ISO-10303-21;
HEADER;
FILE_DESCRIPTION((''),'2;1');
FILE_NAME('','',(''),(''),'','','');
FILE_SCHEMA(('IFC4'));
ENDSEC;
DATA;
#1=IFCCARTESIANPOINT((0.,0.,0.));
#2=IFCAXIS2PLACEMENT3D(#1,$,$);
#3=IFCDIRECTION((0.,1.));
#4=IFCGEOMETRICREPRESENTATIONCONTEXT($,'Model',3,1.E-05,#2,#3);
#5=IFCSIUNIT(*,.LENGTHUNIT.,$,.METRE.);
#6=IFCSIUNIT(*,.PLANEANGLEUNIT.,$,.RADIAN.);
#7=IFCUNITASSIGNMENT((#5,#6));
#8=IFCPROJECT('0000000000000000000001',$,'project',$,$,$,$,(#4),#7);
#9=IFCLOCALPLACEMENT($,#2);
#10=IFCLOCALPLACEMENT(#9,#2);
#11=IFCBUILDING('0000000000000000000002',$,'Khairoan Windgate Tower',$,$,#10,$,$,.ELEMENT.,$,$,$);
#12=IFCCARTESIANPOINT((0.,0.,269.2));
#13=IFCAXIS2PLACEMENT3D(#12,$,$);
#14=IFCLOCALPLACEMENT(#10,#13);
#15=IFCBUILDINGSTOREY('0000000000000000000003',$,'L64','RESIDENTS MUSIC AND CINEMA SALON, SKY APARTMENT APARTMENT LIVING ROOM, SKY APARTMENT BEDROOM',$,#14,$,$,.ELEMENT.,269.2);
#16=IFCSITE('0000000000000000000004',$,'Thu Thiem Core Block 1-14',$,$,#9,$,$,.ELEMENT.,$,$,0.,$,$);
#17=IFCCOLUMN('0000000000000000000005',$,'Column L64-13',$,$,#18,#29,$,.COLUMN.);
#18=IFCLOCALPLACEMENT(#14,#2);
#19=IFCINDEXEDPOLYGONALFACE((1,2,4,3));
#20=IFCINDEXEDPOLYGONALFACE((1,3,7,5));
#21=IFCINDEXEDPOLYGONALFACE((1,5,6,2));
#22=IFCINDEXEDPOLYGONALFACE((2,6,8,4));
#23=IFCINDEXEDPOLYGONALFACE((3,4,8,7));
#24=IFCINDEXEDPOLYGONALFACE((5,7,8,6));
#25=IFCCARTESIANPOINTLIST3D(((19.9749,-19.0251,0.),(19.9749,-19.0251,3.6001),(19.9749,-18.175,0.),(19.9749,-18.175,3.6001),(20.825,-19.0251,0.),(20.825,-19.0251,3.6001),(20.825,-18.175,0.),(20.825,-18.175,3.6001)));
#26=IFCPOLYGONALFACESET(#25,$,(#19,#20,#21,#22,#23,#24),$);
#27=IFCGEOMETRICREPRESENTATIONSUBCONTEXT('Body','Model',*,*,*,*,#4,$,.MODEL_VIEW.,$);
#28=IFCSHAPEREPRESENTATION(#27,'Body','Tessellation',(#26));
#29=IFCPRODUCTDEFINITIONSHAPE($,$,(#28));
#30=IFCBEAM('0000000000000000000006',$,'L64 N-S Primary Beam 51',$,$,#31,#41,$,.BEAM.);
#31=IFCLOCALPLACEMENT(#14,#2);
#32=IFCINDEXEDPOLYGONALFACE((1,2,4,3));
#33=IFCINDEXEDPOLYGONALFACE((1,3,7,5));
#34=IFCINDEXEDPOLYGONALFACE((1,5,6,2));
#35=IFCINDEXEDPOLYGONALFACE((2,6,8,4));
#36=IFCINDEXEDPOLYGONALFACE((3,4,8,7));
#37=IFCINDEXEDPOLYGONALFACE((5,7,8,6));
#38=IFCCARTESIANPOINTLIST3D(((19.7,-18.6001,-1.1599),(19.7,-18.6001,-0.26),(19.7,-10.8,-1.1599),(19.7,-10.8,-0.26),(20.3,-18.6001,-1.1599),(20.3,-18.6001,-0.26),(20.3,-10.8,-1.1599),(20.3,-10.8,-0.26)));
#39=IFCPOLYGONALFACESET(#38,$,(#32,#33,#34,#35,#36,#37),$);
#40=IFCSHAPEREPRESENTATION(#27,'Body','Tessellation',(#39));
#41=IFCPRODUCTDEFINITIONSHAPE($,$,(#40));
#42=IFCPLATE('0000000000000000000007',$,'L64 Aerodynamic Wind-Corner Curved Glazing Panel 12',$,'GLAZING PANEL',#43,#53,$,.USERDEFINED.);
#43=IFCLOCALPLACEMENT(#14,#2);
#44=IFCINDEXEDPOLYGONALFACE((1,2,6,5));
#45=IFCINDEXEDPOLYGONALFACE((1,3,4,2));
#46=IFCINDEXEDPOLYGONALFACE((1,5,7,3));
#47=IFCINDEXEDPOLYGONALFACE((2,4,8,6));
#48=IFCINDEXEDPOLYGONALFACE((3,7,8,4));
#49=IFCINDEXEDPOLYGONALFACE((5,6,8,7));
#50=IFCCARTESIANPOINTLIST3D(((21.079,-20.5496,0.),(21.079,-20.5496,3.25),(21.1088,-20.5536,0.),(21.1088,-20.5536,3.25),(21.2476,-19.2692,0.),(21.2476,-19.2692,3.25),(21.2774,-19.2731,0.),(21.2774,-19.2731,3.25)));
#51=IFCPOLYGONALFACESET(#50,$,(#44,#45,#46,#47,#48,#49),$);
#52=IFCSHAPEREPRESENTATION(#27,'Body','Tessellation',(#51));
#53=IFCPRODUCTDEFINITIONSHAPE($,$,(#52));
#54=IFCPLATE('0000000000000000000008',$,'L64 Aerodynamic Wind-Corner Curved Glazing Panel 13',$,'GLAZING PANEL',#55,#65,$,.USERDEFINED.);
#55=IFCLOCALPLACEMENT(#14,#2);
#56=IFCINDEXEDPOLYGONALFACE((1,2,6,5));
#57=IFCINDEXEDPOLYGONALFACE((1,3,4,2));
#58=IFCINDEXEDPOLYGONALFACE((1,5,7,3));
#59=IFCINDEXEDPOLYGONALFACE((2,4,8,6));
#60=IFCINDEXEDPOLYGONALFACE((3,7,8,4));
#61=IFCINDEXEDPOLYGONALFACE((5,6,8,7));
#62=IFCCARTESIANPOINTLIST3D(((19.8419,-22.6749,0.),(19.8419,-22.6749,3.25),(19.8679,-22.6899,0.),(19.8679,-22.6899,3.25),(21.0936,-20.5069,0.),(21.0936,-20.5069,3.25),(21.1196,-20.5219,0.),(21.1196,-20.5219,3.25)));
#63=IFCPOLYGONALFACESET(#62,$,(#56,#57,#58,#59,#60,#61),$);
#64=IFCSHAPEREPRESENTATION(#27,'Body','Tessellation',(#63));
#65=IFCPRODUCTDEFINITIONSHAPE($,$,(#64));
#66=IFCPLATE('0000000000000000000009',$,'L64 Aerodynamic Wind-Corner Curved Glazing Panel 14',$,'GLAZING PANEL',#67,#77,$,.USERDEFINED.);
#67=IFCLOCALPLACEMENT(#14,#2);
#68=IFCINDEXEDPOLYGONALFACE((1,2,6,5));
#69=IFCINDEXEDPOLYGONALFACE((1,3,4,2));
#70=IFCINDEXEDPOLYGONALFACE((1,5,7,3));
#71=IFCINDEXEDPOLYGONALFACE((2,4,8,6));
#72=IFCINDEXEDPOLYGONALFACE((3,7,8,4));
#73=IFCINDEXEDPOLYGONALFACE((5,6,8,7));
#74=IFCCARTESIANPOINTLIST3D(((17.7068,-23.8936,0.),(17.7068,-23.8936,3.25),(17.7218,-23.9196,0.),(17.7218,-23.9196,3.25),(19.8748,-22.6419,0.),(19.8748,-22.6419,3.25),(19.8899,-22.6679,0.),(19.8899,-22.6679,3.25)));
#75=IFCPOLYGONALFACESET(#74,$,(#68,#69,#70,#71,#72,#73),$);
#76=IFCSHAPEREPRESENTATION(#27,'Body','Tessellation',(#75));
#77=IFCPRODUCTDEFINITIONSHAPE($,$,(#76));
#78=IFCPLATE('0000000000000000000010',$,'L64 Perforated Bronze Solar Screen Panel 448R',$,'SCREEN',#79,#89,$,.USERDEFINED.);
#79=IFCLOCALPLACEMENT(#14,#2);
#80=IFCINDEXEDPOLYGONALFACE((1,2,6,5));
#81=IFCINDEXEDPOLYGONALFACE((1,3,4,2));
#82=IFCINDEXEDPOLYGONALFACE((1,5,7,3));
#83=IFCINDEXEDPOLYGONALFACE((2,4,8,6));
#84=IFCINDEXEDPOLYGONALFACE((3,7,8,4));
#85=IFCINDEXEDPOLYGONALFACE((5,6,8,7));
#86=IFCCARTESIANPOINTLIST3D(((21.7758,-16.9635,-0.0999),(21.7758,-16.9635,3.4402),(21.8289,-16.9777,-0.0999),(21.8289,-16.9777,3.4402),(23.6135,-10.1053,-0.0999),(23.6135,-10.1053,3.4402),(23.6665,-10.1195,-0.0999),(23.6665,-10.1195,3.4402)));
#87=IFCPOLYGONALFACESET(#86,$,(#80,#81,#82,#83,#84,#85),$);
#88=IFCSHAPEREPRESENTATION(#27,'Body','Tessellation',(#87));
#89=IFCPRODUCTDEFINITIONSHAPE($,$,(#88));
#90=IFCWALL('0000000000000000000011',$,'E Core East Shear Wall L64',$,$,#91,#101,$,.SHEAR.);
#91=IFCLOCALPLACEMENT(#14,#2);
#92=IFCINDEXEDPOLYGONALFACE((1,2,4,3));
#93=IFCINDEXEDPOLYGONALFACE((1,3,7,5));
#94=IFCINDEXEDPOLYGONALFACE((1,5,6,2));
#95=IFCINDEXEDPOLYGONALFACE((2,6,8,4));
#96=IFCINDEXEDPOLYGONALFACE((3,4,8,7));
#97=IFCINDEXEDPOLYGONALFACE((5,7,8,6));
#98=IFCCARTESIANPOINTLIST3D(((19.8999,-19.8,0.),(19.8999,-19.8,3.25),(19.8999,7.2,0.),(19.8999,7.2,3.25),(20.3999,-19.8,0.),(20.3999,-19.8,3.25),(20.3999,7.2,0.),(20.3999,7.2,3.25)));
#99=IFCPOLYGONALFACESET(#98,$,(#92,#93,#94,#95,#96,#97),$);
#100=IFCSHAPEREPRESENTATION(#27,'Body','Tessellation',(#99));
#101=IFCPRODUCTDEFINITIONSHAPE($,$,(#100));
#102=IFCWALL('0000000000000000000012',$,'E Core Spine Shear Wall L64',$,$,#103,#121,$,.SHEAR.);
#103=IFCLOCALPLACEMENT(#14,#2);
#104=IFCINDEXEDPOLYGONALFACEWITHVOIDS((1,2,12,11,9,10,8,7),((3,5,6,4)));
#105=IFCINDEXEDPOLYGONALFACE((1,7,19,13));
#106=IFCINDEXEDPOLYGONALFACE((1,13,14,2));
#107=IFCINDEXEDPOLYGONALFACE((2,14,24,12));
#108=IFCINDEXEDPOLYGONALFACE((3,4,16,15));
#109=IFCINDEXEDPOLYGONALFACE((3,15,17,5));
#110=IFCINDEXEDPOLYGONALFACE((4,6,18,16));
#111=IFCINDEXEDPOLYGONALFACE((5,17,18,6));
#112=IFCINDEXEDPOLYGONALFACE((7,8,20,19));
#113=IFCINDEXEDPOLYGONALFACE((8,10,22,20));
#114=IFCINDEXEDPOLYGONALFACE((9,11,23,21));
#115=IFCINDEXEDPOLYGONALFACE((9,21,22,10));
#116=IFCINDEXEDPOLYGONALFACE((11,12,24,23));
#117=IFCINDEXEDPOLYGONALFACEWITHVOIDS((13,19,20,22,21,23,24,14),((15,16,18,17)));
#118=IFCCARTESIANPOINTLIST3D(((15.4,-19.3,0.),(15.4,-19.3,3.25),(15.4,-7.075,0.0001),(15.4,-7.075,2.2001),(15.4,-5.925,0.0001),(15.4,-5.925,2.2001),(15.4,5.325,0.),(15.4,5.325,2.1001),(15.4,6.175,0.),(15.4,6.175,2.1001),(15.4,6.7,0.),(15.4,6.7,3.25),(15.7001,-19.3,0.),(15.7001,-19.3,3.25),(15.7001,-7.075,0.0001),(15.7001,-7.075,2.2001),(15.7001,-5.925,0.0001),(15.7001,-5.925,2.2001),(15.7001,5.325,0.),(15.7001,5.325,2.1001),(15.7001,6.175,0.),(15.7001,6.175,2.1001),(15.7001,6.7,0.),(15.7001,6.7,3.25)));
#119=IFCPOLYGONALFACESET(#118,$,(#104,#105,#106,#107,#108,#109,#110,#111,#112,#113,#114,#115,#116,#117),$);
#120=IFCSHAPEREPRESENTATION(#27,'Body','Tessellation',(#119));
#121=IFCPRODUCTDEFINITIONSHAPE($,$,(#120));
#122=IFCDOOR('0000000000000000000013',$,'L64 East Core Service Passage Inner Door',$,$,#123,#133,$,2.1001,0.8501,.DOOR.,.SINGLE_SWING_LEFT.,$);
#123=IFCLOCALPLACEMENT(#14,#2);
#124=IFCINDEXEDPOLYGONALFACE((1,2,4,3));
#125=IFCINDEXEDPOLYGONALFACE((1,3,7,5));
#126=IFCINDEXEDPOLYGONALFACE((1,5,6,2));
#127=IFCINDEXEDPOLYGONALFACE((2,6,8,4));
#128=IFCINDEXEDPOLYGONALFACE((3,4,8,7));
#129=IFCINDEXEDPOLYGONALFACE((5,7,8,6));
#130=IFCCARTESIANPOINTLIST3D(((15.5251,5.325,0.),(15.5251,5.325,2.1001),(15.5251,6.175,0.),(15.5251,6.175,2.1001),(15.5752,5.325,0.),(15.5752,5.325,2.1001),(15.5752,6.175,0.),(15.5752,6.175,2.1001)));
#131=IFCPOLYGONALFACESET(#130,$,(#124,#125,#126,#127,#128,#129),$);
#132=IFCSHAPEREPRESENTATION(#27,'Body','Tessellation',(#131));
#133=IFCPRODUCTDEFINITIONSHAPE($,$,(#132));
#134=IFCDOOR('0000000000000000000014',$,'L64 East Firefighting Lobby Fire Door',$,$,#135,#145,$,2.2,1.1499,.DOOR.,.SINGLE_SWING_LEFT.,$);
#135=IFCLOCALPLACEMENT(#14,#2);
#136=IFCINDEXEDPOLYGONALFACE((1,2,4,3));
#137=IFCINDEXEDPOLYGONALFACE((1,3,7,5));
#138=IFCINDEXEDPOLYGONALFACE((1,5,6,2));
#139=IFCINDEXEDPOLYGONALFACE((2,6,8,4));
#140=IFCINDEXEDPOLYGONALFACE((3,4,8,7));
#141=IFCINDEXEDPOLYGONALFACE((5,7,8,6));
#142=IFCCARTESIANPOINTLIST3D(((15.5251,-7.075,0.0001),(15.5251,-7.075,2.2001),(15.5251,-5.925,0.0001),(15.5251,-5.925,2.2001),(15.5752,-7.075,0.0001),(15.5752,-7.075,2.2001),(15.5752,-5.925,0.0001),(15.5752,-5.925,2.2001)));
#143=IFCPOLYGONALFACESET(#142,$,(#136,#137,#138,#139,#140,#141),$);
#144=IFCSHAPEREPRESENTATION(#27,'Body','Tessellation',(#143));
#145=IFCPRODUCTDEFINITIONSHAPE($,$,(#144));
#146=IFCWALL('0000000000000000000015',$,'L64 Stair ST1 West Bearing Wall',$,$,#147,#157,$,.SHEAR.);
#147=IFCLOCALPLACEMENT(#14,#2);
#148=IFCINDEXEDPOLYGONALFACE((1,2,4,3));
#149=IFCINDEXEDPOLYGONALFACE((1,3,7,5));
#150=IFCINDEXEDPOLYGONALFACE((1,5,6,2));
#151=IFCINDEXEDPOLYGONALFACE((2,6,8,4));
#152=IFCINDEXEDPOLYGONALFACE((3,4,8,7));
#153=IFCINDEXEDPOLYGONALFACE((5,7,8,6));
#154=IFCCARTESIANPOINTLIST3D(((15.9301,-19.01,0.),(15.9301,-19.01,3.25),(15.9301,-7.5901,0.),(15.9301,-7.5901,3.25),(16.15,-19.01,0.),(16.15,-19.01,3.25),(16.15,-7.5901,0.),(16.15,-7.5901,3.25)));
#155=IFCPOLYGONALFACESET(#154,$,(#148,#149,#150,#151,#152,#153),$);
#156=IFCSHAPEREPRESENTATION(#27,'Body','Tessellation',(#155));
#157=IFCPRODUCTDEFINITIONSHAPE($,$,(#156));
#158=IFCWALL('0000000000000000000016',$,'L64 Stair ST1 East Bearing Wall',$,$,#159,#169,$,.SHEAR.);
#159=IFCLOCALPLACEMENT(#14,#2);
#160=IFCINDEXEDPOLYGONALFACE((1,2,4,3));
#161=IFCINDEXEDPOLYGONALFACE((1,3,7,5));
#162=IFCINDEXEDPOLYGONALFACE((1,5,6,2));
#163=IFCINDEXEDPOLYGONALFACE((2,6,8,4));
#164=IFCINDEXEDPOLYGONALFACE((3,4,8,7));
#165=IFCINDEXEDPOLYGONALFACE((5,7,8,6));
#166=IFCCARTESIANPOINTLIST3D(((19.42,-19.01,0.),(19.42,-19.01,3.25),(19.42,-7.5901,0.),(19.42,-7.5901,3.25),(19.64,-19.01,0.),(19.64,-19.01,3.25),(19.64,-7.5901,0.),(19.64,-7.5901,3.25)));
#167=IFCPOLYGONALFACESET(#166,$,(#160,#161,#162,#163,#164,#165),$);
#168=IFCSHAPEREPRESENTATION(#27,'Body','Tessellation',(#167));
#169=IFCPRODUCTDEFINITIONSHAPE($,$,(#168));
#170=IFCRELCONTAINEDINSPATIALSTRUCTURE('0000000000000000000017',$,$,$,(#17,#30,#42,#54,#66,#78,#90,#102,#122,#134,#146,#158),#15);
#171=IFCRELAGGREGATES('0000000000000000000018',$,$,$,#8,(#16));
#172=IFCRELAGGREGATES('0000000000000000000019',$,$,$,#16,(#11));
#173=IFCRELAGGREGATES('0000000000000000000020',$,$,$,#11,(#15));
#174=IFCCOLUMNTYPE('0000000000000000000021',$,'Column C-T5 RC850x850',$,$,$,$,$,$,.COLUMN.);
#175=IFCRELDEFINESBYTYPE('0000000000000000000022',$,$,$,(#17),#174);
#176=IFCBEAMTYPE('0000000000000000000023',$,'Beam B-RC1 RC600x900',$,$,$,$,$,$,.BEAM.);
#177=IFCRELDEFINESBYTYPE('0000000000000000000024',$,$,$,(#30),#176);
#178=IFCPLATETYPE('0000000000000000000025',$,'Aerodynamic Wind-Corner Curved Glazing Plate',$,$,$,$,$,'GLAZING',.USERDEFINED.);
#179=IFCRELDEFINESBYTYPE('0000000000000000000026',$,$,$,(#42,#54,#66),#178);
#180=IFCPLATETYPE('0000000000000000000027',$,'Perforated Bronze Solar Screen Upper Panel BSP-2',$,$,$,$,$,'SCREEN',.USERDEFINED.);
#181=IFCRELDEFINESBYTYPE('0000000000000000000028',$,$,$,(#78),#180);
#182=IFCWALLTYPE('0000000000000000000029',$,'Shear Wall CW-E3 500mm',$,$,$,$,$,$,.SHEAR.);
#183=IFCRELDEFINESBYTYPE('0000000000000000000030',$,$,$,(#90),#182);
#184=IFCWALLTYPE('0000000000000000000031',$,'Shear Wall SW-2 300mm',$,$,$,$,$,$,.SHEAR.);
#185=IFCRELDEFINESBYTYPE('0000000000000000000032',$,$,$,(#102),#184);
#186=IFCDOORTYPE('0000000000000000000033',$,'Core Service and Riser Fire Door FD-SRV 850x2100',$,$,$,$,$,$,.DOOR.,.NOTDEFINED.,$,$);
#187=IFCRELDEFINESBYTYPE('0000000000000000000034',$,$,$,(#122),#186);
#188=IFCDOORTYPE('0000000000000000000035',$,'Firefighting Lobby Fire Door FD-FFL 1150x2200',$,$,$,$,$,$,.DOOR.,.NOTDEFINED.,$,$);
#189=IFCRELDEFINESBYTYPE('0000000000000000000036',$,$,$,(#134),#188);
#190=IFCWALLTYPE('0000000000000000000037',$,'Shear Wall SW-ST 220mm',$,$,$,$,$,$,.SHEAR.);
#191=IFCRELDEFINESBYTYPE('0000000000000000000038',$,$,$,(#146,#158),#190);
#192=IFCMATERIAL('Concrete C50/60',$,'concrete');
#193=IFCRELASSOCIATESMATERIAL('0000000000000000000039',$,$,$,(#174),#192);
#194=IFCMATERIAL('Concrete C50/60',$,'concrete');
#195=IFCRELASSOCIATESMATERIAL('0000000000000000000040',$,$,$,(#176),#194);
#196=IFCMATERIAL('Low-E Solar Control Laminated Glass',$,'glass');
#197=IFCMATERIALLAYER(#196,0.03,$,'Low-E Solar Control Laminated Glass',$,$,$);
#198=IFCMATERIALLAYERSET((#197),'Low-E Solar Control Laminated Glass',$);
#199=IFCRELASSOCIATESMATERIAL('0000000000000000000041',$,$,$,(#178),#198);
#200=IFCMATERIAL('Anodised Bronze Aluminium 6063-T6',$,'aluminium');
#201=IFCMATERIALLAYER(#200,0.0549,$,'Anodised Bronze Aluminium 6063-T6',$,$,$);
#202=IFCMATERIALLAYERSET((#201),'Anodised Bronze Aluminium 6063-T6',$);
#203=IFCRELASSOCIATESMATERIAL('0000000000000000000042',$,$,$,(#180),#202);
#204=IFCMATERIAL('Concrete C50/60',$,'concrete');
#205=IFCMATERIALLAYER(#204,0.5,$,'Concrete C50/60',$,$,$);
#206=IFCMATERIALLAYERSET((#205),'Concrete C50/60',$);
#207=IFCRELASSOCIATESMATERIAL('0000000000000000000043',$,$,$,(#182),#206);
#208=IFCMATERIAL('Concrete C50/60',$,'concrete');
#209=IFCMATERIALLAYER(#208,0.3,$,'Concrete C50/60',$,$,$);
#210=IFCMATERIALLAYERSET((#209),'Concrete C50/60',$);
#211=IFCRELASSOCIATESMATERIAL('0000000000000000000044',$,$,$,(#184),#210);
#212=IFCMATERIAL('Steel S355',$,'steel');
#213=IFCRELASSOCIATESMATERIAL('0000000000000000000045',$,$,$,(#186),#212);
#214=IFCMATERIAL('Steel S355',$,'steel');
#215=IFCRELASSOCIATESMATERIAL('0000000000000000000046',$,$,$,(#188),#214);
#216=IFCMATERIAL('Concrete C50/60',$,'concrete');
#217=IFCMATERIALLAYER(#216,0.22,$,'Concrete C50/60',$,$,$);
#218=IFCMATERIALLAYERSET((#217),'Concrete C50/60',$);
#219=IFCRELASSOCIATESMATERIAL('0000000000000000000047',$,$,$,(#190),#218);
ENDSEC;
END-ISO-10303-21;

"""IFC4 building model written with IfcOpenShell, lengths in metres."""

from ifc_helpers import new_model, si_unit, direction, frame, frame_2d, origin, origin_2d, place, context, subcontext, project, spatial, rectangle, extrude, material, layer, layer_set, material_profile, profile_set, type_object, element, fill, save


model = new_model("IFC4")

# Units and contexts
model_context = context("Model", 3, precision=1e-05, world=origin(), true_north=direction((0.0, 1.0)))
body_context = subcontext(model_context, "Body", "Model", "MODEL_VIEW")
ifc_project = project(units=[si_unit("LENGTHUNIT", "METRE"), si_unit("PLANEANGLEUNIT", "RADIAN")], contexts=[model_context])

# Site, building, storey
site_placement = place(None, origin())
site = spatial("IfcSite", under=ifc_project, at=site_placement, Name="Thu Thiem Core Block 1-14", CompositionType="ELEMENT", RefElevation=0.0)
building_placement = place(site_placement, origin())
building = spatial("IfcBuilding", under=site, at=building_placement, Name="Khairoan Windgate Tower", CompositionType="ELEMENT")
storey_placement = place(building_placement, frame((0.0, 0.0, 269.2)))
storey = spatial("IfcBuildingStorey", under=building, at=storey_placement, Name="L64", Description="RESIDENTS MUSIC AND CINEMA SALON, SKY APARTMENT APARTMENT LIVING ROOM, SKY APARTMENT BEDROOM", CompositionType="ELEMENT", Elevation=269.2)

# Column
ifc_material_1 = material(Name="Concrete C50/60", Category="concrete")
ifc_material_profile_1 = material_profile(ifc_material_1, rectangle(XDim=0.8501, YDim=0.8501, at=origin_2d()))
ifc_profile_set_1 = profile_set([ifc_material_profile_1], Name="Concrete C50/60")
column_type = type_object("IfcColumnType", Name="Column C-T5 RC850x850", PredefinedType="COLUMN", material=ifc_profile_set_1)
column_placement = place(storey_placement, frame((20.3999, -18.6001, 0.0), z_axis=(0.0, 0.0, 1.0), x_axis=(1.0, 0.0, 0.0)))
element("IfcColumn", 1, at=column_placement, inside=storey, type_object=column_type, Name="Column L64-13", PredefinedType="COLUMN", context=body_context, shape_type="SweptSolid", body=[
    extrude(rectangle(XDim=0.8501, YDim=0.8501, at=origin_2d()), origin(), (0.0, 0.0, 1.0), 3.6001),
])

# Beam
ifc_material_2 = material(Name="Concrete C50/60", Category="concrete")
ifc_material_profile_2 = material_profile(ifc_material_2, rectangle(XDim=0.6001, YDim=0.8999, at=origin_2d()))
ifc_profile_set_2 = profile_set([ifc_material_profile_2], Name="Concrete C50/60")
beam_type = type_object("IfcBeamType", Name="Beam B-RC1 RC600x900", PredefinedType="BEAM", material=ifc_profile_set_2)
beam_placement = place(storey_placement, frame((20.0, -18.6001, -0.71), z_axis=(0.0, 1.0, 0.0), x_axis=(-1.0, 0.0, 0.0)))
element("IfcBeam", 2, at=beam_placement, inside=storey, type_object=beam_type, Name="L64 N-S Primary Beam 51", PredefinedType="BEAM", context=body_context, shape_type="SweptSolid", body=[
    extrude(rectangle(XDim=0.6001, YDim=0.8999, at=origin_2d()), origin(), (0.0, 0.0, 1.0), 7.8),
])

# Plates
ifc_material_3 = material(Name="Low-E Solar Control Laminated Glass", Category="glass")
ifc_layer_1 = layer(ifc_material_3, 0.03, Name="Low-E Solar Control Laminated Glass")
ifc_layer_set_1 = layer_set([ifc_layer_1], Name="Low-E Solar Control Laminated Glass")
plate_type_1 = type_object("IfcPlateType", Name="Aerodynamic Wind-Corner Curved Glazing Plate", ElementType="GLAZING", PredefinedType="USERDEFINED", material=ifc_layer_set_1)
plate_1_placement = place(storey_placement, frame((21.1782, -19.9114, 0.0), z_axis=(0.0, 0.0, 1.0), x_axis=(-0.130526, -0.991445, 0.0)))
element("IfcPlate", 3, at=plate_1_placement, inside=storey, type_object=plate_type_1, Name="L64 Aerodynamic Wind-Corner Curved Glazing Panel 12", ObjectType="GLAZING PANEL", PredefinedType="USERDEFINED", context=body_context, shape_type="SweptSolid", body=[
    extrude(rectangle(XDim=1.2915, YDim=0.03, at=origin_2d()), origin(), (0.0, 0.0, 1.0), 3.25),
])
for number, where, z_axis, x_axis, name in (
    (4, (20.4807, -21.5984, 0.0), (0.0, 0.0, 1.0), (-0.5, -0.866025, 0.0), "L64 Aerodynamic Wind-Corner Curved Glazing Panel 13"),
    (5, (18.7983, -23.2808, 0.0), (0.0, 0.0, 1.0), (-0.866025, -0.5, 0.0), "L64 Aerodynamic Wind-Corner Curved Glazing Panel 14"),
):
    element("IfcPlate", number, at=place(storey_placement, frame(where, z_axis=z_axis, x_axis=x_axis)), inside=storey, type_object=plate_type_1, Name=name, ObjectType="GLAZING PANEL", PredefinedType="USERDEFINED", context=body_context, shape_type="SweptSolid", body=[
        extrude(rectangle(XDim=2.5034, YDim=0.03, at=origin_2d()), origin(), (0.0, 0.0, 1.0), 3.25),
    ])

# Plate
ifc_material_4 = material(Name="Anodised Bronze Aluminium 6063-T6", Category="aluminium")
ifc_layer_2 = layer(ifc_material_4, 0.0549, Name="Anodised Bronze Aluminium 6063-T6")
ifc_layer_set_2 = layer_set([ifc_layer_2], Name="Anodised Bronze Aluminium 6063-T6")
plate_type_2 = type_object("IfcPlateType", Name="Perforated Bronze Solar Screen Upper Panel BSP-2", ElementType="SCREEN", PredefinedType="USERDEFINED", material=ifc_layer_set_2)
plate_2_placement = place(storey_placement, frame((22.7212, -13.5415, -0.0999), z_axis=(0.0, 0.0, 1.0), x_axis=(-0.258819, -0.965926, 0.0)))
element("IfcPlate", 6, at=plate_2_placement, inside=storey, type_object=plate_type_2, Name="L64 Perforated Bronze Solar Screen Panel 448R", ObjectType="SCREEN", PredefinedType="USERDEFINED", context=body_context, shape_type="SweptSolid", body=[
    extrude(rectangle(XDim=7.1001, YDim=0.0549, at=origin_2d()), origin(), (0.0, 0.0, 1.0), 3.54),
])

# Wall
ifc_material_5 = material(Name="Concrete C50/60", Category="concrete")
ifc_layer_3 = layer(ifc_material_5, 0.5, Name="Concrete C50/60")
ifc_layer_set_3 = layer_set([ifc_layer_3], Name="Concrete C50/60")
wall_type_1 = type_object("IfcWallType", Name="Shear Wall CW-E3 500mm", PredefinedType="SHEAR", material=ifc_layer_set_3)
wall_1_placement = place(storey_placement, frame((20.1499, -19.8, 0.0), z_axis=(0.0, 0.0, 1.0), x_axis=(0.0, 1.0, 0.0)))
element("IfcWall", 7, at=wall_1_placement, inside=storey, type_object=wall_type_1, Name="E Core East Shear Wall L64", PredefinedType="SHEAR", context=body_context, shape_type="SweptSolid", body=[
    extrude(rectangle(XDim=27.0, YDim=0.5, at=frame_2d((13.5, 0.0))), origin(), (0.0, 0.0, 1.0), 3.25),
])

# Wall, openings, doors
ifc_material_6 = material(Name="Concrete C50/60", Category="concrete")
ifc_layer_4 = layer(ifc_material_6, 0.3, Name="Concrete C50/60")
ifc_layer_set_4 = layer_set([ifc_layer_4], Name="Concrete C50/60")
wall_type_2 = type_object("IfcWallType", Name="Shear Wall SW-2 300mm", PredefinedType="SHEAR", material=ifc_layer_set_4)
wall_2_placement = place(storey_placement, frame((15.55, -19.3, 0.0), z_axis=(0.0, 0.0, 1.0), x_axis=(0.0, 1.0, 0.0)))
wall_2 = element("IfcWall", 8, at=wall_2_placement, inside=storey, type_object=wall_type_2, Name="E Core Spine Shear Wall L64", PredefinedType="SHEAR", context=body_context, shape_type="SweptSolid", body=[
    extrude(rectangle(XDim=26.0, YDim=0.3, at=frame_2d((13.0, 0.0))), origin(), (0.0, 0.0, 1.0), 3.25),
])
opening_1_placement = place(wall_2_placement, frame((12.2251, 0.0, 0.0)))
opening_1 = element("IfcOpeningElement", 9, at=opening_1_placement, cuts=wall_2, PredefinedType="OPENING", context=body_context, shape_type="SweptSolid", body=[
    extrude(rectangle(XDim=1.1499, YDim=2.2, at=frame_2d((0.575, 1.1001))), frame((0.0, 0.1599, 0.0), z_axis=(0.0, -1.0, 0.0), x_axis=(1.0, 0.0, 0.0)), (0.0, 0.0, 1.0), 0.3201),
])
opening_2_placement = place(wall_2_placement, frame((24.625, 0.0, 0.0)))
opening_2 = element("IfcOpeningElement", 10, at=opening_2_placement, cuts=wall_2, PredefinedType="OPENING", context=body_context, shape_type="SweptSolid", body=[
    extrude(rectangle(XDim=0.8501, YDim=2.1001, at=frame_2d((0.425, 1.05))), frame((0.0, 0.1599, 0.0), z_axis=(0.0, -1.0, 0.0), x_axis=(1.0, 0.0, 0.0)), (0.0, 0.0, 1.0), 0.3201),
])
ifc_material_7 = material(Name="Steel S355", Category="steel")
door_type_1 = type_object("IfcDoorType", Name="Core Service and Riser Fire Door FD-SRV 850x2100", OperationType="NOTDEFINED", PredefinedType="DOOR", material=ifc_material_7)
door_1_placement = place(opening_2_placement, origin())
door_1 = element("IfcDoor", 11, at=door_1_placement, inside=storey, type_object=door_type_1, Name="L64 East Core Service Passage Inner Door", OperationType="SINGLE_SWING_LEFT", OverallHeight=2.1001, OverallWidth=0.8501, PredefinedType="DOOR", context=body_context, shape_type="SweptSolid", body=[
    extrude(rectangle(XDim=0.8501, YDim=2.1001, at=frame_2d((0.425, 1.05))), frame((0.0, 0.0249, 0.0), z_axis=(0.0, -1.0, 0.0), x_axis=(1.0, 0.0, 0.0)), (0.0, 0.0, 1.0), 0.05),
])
fill(opening_2, door_1)
ifc_material_8 = material(Name="Steel S355", Category="steel")
door_type_2 = type_object("IfcDoorType", Name="Firefighting Lobby Fire Door FD-FFL 1150x2200", OperationType="NOTDEFINED", PredefinedType="DOOR", material=ifc_material_8)
door_2_placement = place(opening_1_placement, origin())
door_2 = element("IfcDoor", 12, at=door_2_placement, inside=storey, type_object=door_type_2, Name="L64 East Firefighting Lobby Fire Door", OperationType="SINGLE_SWING_LEFT", OverallHeight=2.2, OverallWidth=1.1499, PredefinedType="DOOR", context=body_context, shape_type="SweptSolid", body=[
    extrude(rectangle(XDim=1.1499, YDim=2.2, at=frame_2d((0.575, 1.1001))), frame((0.0, 0.0249, 0.0), z_axis=(0.0, -1.0, 0.0), x_axis=(1.0, 0.0, 0.0)), (0.0, 0.0, 1.0), 0.05),
])
fill(opening_1, door_2)

# Walls
ifc_material_9 = material(Name="Concrete C50/60", Category="concrete")
ifc_layer_5 = layer(ifc_material_9, 0.22, Name="Concrete C50/60")
ifc_layer_set_5 = layer_set([ifc_layer_5], Name="Concrete C50/60")
wall_type_3 = type_object("IfcWallType", Name="Shear Wall SW-ST 220mm", PredefinedType="SHEAR", material=ifc_layer_set_5)
for number, where, z_axis, x_axis, name in (
    (13, (16.04, -19.01, 0.0), (0.0, 0.0, 1.0), (0.0, 1.0, 0.0), "L64 Stair ST1 West Bearing Wall"),
    (14, (19.53, -19.01, 0.0), (0.0, 0.0, 1.0), (0.0, 1.0, 0.0), "L64 Stair ST1 East Bearing Wall"),
):
    element("IfcWall", number, at=place(storey_placement, frame(where, z_axis=z_axis, x_axis=x_axis)), inside=storey, type_object=wall_type_3, Name=name, PredefinedType="SHEAR", context=body_context, shape_type="SweptSolid", body=[
        extrude(rectangle(XDim=11.4199, YDim=0.22, at=frame_2d((5.71, 0.0))), origin(), (0.0, 0.0, 1.0), 3.25),
    ])

save(model, "model.ifc")
